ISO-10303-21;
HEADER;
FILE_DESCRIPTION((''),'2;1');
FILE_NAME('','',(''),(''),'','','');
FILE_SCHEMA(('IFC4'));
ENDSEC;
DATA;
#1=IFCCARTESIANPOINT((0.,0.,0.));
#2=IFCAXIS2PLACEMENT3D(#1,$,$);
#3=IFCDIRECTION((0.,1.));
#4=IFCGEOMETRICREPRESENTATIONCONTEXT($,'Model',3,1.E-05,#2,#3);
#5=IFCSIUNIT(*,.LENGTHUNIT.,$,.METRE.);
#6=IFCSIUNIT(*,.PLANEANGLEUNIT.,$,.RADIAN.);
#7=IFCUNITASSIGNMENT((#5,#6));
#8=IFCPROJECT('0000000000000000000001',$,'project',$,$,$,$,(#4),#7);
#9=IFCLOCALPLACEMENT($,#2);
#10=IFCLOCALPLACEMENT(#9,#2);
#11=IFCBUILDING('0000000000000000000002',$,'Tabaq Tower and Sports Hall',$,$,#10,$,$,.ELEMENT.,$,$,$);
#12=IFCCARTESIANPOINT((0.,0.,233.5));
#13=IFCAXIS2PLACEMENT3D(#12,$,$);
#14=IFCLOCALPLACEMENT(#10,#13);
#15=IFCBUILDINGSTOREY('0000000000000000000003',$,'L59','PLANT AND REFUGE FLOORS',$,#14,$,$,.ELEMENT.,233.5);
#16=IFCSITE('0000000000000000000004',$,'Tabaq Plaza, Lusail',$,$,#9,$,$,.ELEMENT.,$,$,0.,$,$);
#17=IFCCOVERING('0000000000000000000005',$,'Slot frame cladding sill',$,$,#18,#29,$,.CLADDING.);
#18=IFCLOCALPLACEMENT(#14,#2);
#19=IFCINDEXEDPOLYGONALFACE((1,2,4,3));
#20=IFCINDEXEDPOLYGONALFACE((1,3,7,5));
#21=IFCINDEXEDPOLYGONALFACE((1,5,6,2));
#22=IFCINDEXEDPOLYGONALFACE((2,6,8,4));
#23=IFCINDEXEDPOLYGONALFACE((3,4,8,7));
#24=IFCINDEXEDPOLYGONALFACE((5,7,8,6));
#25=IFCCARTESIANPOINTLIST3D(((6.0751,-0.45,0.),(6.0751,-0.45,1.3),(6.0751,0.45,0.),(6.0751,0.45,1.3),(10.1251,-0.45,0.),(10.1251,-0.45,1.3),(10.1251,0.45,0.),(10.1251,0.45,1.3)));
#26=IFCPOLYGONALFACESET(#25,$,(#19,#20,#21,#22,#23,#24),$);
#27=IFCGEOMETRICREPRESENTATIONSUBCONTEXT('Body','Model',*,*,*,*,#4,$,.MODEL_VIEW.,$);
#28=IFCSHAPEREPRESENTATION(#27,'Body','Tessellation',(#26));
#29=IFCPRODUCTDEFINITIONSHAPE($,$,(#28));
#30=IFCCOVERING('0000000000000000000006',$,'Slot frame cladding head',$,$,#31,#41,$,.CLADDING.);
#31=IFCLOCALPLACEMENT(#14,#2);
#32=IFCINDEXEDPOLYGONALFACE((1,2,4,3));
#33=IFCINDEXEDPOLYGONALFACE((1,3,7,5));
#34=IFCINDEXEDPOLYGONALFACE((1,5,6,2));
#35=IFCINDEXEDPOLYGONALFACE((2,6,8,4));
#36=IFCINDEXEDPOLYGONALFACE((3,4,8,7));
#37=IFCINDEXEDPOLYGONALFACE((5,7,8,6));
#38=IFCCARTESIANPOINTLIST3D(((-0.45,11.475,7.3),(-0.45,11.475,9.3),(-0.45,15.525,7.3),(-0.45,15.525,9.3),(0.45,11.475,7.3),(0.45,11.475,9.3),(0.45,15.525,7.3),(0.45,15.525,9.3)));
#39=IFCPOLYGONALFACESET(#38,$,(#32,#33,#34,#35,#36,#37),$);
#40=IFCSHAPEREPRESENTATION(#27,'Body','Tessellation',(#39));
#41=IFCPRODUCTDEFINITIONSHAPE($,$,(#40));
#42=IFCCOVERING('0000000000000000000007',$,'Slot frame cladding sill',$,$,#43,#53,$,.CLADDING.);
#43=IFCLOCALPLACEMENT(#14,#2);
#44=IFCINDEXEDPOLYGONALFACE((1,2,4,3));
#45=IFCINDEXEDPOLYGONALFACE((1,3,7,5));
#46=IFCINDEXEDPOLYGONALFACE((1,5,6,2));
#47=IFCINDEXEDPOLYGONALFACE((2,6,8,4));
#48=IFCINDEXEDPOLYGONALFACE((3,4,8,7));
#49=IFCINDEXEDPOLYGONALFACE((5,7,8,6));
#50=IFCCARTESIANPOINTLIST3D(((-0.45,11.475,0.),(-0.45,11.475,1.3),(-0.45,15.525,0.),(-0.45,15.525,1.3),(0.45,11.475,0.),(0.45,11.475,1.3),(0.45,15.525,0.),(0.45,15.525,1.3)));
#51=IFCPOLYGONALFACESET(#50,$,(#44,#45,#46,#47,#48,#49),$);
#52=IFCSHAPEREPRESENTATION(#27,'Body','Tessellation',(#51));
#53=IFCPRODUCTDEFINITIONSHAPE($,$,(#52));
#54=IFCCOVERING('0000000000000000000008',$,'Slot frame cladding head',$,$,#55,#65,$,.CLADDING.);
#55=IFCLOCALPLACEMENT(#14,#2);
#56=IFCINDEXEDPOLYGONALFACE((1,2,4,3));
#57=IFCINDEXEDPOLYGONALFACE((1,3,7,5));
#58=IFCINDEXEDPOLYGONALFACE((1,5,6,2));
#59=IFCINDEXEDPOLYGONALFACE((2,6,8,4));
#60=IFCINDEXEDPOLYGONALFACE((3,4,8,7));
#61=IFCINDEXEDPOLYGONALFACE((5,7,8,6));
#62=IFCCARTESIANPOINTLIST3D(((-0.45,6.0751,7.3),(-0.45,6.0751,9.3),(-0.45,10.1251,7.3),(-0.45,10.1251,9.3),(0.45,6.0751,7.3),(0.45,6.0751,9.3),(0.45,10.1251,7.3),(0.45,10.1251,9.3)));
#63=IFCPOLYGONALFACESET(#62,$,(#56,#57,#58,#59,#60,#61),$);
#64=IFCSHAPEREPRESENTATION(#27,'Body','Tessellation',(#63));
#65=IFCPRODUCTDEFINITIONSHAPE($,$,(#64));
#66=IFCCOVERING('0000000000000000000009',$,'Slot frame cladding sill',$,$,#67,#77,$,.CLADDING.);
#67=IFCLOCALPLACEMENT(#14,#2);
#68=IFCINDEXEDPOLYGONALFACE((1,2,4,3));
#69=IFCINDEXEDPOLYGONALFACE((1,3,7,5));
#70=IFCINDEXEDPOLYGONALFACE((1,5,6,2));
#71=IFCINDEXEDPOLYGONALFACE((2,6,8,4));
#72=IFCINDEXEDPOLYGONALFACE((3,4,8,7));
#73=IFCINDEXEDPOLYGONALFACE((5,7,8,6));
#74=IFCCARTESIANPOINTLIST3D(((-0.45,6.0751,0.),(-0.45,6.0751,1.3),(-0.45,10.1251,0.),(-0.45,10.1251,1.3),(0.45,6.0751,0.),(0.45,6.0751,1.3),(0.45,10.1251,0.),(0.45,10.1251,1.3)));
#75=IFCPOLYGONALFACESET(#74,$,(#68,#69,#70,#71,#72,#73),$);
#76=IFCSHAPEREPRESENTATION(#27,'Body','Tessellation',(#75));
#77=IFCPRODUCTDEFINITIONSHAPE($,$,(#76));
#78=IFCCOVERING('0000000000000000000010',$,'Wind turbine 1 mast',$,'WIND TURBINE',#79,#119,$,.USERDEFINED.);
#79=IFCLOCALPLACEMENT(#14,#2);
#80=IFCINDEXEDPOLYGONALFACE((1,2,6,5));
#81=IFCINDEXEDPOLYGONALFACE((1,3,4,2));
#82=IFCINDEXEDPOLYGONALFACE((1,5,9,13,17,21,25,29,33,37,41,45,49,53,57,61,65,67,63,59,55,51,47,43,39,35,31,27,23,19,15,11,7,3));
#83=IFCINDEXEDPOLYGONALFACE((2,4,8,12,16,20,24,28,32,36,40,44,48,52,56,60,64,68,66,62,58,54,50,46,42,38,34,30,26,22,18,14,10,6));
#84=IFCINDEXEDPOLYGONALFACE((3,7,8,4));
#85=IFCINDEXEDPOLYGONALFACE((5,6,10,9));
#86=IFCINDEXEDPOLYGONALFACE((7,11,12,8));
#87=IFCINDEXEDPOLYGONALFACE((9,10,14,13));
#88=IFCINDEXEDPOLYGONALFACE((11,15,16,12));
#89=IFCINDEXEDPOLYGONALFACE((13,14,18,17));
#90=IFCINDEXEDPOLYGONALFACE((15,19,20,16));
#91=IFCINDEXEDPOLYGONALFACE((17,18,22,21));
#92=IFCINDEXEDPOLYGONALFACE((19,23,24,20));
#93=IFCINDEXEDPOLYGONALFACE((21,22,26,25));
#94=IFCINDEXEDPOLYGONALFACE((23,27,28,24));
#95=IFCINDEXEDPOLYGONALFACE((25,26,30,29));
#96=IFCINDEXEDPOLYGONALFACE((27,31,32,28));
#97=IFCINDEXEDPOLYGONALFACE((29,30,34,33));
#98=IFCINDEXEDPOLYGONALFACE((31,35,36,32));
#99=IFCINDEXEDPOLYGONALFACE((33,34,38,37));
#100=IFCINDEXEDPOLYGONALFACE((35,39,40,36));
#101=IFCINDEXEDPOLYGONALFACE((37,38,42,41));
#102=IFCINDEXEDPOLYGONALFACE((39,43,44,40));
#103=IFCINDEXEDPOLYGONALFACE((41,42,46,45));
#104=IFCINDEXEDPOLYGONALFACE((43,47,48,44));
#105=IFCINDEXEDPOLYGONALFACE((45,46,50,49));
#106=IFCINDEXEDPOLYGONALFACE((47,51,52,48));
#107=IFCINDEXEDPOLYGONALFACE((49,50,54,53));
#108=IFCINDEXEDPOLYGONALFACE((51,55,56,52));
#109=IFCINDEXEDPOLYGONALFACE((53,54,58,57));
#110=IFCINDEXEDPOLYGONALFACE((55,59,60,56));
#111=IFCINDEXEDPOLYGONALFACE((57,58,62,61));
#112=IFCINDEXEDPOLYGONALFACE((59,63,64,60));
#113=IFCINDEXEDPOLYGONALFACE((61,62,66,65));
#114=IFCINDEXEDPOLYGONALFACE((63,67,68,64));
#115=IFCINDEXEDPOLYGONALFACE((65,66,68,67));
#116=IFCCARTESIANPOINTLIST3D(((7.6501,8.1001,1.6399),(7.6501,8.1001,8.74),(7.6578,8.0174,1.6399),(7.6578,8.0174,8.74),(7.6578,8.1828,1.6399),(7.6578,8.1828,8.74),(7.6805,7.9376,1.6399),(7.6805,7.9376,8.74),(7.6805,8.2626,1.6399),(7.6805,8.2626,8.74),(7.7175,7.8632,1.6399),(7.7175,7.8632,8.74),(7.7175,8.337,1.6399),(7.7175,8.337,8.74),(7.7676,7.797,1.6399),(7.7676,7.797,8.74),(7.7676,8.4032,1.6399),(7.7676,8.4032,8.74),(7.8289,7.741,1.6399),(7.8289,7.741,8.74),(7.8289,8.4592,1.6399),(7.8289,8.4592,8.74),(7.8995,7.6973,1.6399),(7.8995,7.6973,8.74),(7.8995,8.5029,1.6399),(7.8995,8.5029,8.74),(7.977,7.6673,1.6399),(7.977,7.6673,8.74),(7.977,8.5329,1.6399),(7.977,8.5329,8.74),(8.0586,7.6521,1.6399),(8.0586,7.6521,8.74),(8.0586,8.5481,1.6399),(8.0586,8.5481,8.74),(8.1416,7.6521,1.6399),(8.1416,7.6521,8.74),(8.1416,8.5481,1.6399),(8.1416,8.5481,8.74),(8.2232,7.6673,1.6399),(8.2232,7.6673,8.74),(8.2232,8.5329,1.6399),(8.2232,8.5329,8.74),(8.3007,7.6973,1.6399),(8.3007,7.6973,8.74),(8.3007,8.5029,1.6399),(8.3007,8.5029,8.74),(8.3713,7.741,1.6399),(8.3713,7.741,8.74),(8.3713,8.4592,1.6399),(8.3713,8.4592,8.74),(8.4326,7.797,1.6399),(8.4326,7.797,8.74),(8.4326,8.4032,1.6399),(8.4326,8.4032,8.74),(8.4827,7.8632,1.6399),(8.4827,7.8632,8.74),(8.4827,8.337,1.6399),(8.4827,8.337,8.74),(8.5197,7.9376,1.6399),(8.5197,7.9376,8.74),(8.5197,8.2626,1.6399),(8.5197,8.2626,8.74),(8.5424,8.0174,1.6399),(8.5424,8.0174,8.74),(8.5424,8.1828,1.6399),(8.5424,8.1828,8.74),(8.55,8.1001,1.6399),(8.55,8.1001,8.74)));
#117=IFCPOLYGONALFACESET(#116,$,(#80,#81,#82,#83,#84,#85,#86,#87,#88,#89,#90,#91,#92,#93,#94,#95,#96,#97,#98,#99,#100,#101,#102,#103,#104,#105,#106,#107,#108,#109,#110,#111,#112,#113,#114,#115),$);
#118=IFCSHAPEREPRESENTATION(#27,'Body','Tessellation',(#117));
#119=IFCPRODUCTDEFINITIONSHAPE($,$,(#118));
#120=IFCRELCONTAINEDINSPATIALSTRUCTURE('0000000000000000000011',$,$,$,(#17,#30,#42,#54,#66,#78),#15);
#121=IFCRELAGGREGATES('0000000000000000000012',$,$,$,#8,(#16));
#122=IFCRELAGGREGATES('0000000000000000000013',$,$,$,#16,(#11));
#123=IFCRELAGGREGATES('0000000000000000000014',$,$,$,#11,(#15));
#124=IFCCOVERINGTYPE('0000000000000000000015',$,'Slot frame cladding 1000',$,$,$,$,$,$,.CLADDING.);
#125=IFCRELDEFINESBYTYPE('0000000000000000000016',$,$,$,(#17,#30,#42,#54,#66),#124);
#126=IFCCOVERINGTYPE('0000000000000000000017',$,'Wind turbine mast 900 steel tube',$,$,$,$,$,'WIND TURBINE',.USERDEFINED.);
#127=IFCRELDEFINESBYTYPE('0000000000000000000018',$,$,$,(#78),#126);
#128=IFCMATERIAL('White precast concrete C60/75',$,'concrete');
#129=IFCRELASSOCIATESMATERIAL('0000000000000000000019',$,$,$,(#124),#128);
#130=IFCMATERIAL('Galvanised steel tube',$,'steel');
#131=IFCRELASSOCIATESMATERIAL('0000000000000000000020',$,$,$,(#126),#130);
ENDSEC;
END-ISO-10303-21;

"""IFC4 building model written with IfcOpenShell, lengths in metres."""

from ifc_helpers import new_model, si_unit, direction, frame, origin, origin_2d, place, context, subcontext, project, spatial, rectangle, circle, extrude, material, material_profile, profile_set, type_object, element, save


model = new_model("IFC4")

# Units and contexts
model_context = context("Model", 3, precision=1e-05, world=origin(), true_north=direction((0.0, 1.0)))
body_context = subcontext(model_context, "Body", "Model", "MODEL_VIEW")
ifc_project = project(units=[si_unit("LENGTHUNIT", "METRE"), si_unit("PLANEANGLEUNIT", "RADIAN")], contexts=[model_context])

# Site, building, storey
site_placement = place(None, origin())
site = spatial("IfcSite", under=ifc_project, at=site_placement, Name="Tabaq Plaza, Lusail", CompositionType="ELEMENT", RefElevation=0.0)
building_placement = place(site_placement, origin())
building = spatial("IfcBuilding", under=site, at=building_placement, Name="Tabaq Tower and Sports Hall", CompositionType="ELEMENT")
storey_placement = place(building_placement, frame((0.0, 0.0, 233.5)))
storey = spatial("IfcBuildingStorey", under=building, at=storey_placement, Name="L59", Description="PLANT AND REFUGE FLOORS", CompositionType="ELEMENT", Elevation=233.5)

# Coverings
ifc_material_1 = material(Name="White precast concrete C60/75", Category="concrete")
covering_type_1 = type_object("IfcCoveringType", Name="Slot frame cladding 1000", PredefinedType="CLADDING", material=ifc_material_1)
covering_1_placement = place(storey_placement, frame((8.1001, 0.0, 0.0), z_axis=(0.0, 0.0, 1.0), x_axis=(1.0, 0.0, 0.0)))
element("IfcCovering", 1, at=covering_1_placement, inside=storey, type_object=covering_type_1, Name="Slot frame cladding sill", PredefinedType="CLADDING", context=body_context, shape_type="SweptSolid", body=[
    extrude(rectangle(XDim=4.05, YDim=0.8999, at=origin_2d()), origin(), (0.0, 0.0, 1.0), 1.3),
])
covering_2_placement = place(storey_placement, frame((0.0, 13.5, 7.3), z_axis=(0.0, 0.0, 1.0), x_axis=(0.0, -1.0, 0.0)))
element("IfcCovering", 2, at=covering_2_placement, inside=storey, type_object=covering_type_1, Name="Slot frame cladding head", PredefinedType="CLADDING", context=body_context, shape_type="SweptSolid", body=[
    extrude(rectangle(XDim=4.05, YDim=0.8999, at=origin_2d()), origin(), (0.0, 0.0, 1.0), 2.0),
])
covering_3_placement = place(storey_placement, frame((0.0, 13.5, 0.0), z_axis=(0.0, 0.0, 1.0), x_axis=(0.0, -1.0, 0.0)))
element("IfcCovering", 3, at=covering_3_placement, inside=storey, type_object=covering_type_1, Name="Slot frame cladding sill", PredefinedType="CLADDING", context=body_context, shape_type="SweptSolid", body=[
    extrude(rectangle(XDim=4.05, YDim=0.8999, at=origin_2d()), origin(), (0.0, 0.0, 1.0), 1.3),
])
covering_4_placement = place(storey_placement, frame((0.0, 8.1001, 7.3), z_axis=(0.0, 0.0, 1.0), x_axis=(0.0, -1.0, 0.0)))
element("IfcCovering", 4, at=covering_4_placement, inside=storey, type_object=covering_type_1, Name="Slot frame cladding head", PredefinedType="CLADDING", context=body_context, shape_type="SweptSolid", body=[
    extrude(rectangle(XDim=4.05, YDim=0.8999, at=origin_2d()), origin(), (0.0, 0.0, 1.0), 2.0),
])
covering_5_placement = place(storey_placement, frame((0.0, 8.1001, 0.0), z_axis=(0.0, 0.0, 1.0), x_axis=(0.0, -1.0, 0.0)))
element("IfcCovering", 5, at=covering_5_placement, inside=storey, type_object=covering_type_1, Name="Slot frame cladding sill", PredefinedType="CLADDING", context=body_context, shape_type="SweptSolid", body=[
    extrude(rectangle(XDim=4.05, YDim=0.8999, at=origin_2d()), origin(), (0.0, 0.0, 1.0), 1.3),
])
ifc_material_2 = material(Name="Galvanised steel tube", Category="steel")
ifc_material_profile_1 = material_profile(ifc_material_2, circle(Radius=0.45, at=origin_2d()), Name="Wind turbine mast 900 steel tube")
ifc_profile_set_1 = profile_set([ifc_material_profile_1], Name="Galvanised steel tube")
covering_type_2 = type_object("IfcCoveringType", Name="Wind turbine mast 900 steel tube", ElementType="WIND TURBINE", PredefinedType="USERDEFINED", material=ifc_profile_set_1)
covering_6_placement = place(storey_placement, frame((8.1001, 8.1001, 8.74), z_axis=(0.0, 0.0, -1.0), x_axis=(1.0, 0.0, 0.0)))
element("IfcCovering", 6, at=covering_6_placement, inside=storey, type_object=covering_type_2, Name="Wind turbine 1 mast", ObjectType="WIND TURBINE", PredefinedType="USERDEFINED", context=body_context, shape_type="SweptSolid", body=[
    extrude(circle(Radius=0.45, at=origin_2d()), origin(), (0.0, 0.0, 1.0), 7.1001),
])

save(model, "model.ifc")
